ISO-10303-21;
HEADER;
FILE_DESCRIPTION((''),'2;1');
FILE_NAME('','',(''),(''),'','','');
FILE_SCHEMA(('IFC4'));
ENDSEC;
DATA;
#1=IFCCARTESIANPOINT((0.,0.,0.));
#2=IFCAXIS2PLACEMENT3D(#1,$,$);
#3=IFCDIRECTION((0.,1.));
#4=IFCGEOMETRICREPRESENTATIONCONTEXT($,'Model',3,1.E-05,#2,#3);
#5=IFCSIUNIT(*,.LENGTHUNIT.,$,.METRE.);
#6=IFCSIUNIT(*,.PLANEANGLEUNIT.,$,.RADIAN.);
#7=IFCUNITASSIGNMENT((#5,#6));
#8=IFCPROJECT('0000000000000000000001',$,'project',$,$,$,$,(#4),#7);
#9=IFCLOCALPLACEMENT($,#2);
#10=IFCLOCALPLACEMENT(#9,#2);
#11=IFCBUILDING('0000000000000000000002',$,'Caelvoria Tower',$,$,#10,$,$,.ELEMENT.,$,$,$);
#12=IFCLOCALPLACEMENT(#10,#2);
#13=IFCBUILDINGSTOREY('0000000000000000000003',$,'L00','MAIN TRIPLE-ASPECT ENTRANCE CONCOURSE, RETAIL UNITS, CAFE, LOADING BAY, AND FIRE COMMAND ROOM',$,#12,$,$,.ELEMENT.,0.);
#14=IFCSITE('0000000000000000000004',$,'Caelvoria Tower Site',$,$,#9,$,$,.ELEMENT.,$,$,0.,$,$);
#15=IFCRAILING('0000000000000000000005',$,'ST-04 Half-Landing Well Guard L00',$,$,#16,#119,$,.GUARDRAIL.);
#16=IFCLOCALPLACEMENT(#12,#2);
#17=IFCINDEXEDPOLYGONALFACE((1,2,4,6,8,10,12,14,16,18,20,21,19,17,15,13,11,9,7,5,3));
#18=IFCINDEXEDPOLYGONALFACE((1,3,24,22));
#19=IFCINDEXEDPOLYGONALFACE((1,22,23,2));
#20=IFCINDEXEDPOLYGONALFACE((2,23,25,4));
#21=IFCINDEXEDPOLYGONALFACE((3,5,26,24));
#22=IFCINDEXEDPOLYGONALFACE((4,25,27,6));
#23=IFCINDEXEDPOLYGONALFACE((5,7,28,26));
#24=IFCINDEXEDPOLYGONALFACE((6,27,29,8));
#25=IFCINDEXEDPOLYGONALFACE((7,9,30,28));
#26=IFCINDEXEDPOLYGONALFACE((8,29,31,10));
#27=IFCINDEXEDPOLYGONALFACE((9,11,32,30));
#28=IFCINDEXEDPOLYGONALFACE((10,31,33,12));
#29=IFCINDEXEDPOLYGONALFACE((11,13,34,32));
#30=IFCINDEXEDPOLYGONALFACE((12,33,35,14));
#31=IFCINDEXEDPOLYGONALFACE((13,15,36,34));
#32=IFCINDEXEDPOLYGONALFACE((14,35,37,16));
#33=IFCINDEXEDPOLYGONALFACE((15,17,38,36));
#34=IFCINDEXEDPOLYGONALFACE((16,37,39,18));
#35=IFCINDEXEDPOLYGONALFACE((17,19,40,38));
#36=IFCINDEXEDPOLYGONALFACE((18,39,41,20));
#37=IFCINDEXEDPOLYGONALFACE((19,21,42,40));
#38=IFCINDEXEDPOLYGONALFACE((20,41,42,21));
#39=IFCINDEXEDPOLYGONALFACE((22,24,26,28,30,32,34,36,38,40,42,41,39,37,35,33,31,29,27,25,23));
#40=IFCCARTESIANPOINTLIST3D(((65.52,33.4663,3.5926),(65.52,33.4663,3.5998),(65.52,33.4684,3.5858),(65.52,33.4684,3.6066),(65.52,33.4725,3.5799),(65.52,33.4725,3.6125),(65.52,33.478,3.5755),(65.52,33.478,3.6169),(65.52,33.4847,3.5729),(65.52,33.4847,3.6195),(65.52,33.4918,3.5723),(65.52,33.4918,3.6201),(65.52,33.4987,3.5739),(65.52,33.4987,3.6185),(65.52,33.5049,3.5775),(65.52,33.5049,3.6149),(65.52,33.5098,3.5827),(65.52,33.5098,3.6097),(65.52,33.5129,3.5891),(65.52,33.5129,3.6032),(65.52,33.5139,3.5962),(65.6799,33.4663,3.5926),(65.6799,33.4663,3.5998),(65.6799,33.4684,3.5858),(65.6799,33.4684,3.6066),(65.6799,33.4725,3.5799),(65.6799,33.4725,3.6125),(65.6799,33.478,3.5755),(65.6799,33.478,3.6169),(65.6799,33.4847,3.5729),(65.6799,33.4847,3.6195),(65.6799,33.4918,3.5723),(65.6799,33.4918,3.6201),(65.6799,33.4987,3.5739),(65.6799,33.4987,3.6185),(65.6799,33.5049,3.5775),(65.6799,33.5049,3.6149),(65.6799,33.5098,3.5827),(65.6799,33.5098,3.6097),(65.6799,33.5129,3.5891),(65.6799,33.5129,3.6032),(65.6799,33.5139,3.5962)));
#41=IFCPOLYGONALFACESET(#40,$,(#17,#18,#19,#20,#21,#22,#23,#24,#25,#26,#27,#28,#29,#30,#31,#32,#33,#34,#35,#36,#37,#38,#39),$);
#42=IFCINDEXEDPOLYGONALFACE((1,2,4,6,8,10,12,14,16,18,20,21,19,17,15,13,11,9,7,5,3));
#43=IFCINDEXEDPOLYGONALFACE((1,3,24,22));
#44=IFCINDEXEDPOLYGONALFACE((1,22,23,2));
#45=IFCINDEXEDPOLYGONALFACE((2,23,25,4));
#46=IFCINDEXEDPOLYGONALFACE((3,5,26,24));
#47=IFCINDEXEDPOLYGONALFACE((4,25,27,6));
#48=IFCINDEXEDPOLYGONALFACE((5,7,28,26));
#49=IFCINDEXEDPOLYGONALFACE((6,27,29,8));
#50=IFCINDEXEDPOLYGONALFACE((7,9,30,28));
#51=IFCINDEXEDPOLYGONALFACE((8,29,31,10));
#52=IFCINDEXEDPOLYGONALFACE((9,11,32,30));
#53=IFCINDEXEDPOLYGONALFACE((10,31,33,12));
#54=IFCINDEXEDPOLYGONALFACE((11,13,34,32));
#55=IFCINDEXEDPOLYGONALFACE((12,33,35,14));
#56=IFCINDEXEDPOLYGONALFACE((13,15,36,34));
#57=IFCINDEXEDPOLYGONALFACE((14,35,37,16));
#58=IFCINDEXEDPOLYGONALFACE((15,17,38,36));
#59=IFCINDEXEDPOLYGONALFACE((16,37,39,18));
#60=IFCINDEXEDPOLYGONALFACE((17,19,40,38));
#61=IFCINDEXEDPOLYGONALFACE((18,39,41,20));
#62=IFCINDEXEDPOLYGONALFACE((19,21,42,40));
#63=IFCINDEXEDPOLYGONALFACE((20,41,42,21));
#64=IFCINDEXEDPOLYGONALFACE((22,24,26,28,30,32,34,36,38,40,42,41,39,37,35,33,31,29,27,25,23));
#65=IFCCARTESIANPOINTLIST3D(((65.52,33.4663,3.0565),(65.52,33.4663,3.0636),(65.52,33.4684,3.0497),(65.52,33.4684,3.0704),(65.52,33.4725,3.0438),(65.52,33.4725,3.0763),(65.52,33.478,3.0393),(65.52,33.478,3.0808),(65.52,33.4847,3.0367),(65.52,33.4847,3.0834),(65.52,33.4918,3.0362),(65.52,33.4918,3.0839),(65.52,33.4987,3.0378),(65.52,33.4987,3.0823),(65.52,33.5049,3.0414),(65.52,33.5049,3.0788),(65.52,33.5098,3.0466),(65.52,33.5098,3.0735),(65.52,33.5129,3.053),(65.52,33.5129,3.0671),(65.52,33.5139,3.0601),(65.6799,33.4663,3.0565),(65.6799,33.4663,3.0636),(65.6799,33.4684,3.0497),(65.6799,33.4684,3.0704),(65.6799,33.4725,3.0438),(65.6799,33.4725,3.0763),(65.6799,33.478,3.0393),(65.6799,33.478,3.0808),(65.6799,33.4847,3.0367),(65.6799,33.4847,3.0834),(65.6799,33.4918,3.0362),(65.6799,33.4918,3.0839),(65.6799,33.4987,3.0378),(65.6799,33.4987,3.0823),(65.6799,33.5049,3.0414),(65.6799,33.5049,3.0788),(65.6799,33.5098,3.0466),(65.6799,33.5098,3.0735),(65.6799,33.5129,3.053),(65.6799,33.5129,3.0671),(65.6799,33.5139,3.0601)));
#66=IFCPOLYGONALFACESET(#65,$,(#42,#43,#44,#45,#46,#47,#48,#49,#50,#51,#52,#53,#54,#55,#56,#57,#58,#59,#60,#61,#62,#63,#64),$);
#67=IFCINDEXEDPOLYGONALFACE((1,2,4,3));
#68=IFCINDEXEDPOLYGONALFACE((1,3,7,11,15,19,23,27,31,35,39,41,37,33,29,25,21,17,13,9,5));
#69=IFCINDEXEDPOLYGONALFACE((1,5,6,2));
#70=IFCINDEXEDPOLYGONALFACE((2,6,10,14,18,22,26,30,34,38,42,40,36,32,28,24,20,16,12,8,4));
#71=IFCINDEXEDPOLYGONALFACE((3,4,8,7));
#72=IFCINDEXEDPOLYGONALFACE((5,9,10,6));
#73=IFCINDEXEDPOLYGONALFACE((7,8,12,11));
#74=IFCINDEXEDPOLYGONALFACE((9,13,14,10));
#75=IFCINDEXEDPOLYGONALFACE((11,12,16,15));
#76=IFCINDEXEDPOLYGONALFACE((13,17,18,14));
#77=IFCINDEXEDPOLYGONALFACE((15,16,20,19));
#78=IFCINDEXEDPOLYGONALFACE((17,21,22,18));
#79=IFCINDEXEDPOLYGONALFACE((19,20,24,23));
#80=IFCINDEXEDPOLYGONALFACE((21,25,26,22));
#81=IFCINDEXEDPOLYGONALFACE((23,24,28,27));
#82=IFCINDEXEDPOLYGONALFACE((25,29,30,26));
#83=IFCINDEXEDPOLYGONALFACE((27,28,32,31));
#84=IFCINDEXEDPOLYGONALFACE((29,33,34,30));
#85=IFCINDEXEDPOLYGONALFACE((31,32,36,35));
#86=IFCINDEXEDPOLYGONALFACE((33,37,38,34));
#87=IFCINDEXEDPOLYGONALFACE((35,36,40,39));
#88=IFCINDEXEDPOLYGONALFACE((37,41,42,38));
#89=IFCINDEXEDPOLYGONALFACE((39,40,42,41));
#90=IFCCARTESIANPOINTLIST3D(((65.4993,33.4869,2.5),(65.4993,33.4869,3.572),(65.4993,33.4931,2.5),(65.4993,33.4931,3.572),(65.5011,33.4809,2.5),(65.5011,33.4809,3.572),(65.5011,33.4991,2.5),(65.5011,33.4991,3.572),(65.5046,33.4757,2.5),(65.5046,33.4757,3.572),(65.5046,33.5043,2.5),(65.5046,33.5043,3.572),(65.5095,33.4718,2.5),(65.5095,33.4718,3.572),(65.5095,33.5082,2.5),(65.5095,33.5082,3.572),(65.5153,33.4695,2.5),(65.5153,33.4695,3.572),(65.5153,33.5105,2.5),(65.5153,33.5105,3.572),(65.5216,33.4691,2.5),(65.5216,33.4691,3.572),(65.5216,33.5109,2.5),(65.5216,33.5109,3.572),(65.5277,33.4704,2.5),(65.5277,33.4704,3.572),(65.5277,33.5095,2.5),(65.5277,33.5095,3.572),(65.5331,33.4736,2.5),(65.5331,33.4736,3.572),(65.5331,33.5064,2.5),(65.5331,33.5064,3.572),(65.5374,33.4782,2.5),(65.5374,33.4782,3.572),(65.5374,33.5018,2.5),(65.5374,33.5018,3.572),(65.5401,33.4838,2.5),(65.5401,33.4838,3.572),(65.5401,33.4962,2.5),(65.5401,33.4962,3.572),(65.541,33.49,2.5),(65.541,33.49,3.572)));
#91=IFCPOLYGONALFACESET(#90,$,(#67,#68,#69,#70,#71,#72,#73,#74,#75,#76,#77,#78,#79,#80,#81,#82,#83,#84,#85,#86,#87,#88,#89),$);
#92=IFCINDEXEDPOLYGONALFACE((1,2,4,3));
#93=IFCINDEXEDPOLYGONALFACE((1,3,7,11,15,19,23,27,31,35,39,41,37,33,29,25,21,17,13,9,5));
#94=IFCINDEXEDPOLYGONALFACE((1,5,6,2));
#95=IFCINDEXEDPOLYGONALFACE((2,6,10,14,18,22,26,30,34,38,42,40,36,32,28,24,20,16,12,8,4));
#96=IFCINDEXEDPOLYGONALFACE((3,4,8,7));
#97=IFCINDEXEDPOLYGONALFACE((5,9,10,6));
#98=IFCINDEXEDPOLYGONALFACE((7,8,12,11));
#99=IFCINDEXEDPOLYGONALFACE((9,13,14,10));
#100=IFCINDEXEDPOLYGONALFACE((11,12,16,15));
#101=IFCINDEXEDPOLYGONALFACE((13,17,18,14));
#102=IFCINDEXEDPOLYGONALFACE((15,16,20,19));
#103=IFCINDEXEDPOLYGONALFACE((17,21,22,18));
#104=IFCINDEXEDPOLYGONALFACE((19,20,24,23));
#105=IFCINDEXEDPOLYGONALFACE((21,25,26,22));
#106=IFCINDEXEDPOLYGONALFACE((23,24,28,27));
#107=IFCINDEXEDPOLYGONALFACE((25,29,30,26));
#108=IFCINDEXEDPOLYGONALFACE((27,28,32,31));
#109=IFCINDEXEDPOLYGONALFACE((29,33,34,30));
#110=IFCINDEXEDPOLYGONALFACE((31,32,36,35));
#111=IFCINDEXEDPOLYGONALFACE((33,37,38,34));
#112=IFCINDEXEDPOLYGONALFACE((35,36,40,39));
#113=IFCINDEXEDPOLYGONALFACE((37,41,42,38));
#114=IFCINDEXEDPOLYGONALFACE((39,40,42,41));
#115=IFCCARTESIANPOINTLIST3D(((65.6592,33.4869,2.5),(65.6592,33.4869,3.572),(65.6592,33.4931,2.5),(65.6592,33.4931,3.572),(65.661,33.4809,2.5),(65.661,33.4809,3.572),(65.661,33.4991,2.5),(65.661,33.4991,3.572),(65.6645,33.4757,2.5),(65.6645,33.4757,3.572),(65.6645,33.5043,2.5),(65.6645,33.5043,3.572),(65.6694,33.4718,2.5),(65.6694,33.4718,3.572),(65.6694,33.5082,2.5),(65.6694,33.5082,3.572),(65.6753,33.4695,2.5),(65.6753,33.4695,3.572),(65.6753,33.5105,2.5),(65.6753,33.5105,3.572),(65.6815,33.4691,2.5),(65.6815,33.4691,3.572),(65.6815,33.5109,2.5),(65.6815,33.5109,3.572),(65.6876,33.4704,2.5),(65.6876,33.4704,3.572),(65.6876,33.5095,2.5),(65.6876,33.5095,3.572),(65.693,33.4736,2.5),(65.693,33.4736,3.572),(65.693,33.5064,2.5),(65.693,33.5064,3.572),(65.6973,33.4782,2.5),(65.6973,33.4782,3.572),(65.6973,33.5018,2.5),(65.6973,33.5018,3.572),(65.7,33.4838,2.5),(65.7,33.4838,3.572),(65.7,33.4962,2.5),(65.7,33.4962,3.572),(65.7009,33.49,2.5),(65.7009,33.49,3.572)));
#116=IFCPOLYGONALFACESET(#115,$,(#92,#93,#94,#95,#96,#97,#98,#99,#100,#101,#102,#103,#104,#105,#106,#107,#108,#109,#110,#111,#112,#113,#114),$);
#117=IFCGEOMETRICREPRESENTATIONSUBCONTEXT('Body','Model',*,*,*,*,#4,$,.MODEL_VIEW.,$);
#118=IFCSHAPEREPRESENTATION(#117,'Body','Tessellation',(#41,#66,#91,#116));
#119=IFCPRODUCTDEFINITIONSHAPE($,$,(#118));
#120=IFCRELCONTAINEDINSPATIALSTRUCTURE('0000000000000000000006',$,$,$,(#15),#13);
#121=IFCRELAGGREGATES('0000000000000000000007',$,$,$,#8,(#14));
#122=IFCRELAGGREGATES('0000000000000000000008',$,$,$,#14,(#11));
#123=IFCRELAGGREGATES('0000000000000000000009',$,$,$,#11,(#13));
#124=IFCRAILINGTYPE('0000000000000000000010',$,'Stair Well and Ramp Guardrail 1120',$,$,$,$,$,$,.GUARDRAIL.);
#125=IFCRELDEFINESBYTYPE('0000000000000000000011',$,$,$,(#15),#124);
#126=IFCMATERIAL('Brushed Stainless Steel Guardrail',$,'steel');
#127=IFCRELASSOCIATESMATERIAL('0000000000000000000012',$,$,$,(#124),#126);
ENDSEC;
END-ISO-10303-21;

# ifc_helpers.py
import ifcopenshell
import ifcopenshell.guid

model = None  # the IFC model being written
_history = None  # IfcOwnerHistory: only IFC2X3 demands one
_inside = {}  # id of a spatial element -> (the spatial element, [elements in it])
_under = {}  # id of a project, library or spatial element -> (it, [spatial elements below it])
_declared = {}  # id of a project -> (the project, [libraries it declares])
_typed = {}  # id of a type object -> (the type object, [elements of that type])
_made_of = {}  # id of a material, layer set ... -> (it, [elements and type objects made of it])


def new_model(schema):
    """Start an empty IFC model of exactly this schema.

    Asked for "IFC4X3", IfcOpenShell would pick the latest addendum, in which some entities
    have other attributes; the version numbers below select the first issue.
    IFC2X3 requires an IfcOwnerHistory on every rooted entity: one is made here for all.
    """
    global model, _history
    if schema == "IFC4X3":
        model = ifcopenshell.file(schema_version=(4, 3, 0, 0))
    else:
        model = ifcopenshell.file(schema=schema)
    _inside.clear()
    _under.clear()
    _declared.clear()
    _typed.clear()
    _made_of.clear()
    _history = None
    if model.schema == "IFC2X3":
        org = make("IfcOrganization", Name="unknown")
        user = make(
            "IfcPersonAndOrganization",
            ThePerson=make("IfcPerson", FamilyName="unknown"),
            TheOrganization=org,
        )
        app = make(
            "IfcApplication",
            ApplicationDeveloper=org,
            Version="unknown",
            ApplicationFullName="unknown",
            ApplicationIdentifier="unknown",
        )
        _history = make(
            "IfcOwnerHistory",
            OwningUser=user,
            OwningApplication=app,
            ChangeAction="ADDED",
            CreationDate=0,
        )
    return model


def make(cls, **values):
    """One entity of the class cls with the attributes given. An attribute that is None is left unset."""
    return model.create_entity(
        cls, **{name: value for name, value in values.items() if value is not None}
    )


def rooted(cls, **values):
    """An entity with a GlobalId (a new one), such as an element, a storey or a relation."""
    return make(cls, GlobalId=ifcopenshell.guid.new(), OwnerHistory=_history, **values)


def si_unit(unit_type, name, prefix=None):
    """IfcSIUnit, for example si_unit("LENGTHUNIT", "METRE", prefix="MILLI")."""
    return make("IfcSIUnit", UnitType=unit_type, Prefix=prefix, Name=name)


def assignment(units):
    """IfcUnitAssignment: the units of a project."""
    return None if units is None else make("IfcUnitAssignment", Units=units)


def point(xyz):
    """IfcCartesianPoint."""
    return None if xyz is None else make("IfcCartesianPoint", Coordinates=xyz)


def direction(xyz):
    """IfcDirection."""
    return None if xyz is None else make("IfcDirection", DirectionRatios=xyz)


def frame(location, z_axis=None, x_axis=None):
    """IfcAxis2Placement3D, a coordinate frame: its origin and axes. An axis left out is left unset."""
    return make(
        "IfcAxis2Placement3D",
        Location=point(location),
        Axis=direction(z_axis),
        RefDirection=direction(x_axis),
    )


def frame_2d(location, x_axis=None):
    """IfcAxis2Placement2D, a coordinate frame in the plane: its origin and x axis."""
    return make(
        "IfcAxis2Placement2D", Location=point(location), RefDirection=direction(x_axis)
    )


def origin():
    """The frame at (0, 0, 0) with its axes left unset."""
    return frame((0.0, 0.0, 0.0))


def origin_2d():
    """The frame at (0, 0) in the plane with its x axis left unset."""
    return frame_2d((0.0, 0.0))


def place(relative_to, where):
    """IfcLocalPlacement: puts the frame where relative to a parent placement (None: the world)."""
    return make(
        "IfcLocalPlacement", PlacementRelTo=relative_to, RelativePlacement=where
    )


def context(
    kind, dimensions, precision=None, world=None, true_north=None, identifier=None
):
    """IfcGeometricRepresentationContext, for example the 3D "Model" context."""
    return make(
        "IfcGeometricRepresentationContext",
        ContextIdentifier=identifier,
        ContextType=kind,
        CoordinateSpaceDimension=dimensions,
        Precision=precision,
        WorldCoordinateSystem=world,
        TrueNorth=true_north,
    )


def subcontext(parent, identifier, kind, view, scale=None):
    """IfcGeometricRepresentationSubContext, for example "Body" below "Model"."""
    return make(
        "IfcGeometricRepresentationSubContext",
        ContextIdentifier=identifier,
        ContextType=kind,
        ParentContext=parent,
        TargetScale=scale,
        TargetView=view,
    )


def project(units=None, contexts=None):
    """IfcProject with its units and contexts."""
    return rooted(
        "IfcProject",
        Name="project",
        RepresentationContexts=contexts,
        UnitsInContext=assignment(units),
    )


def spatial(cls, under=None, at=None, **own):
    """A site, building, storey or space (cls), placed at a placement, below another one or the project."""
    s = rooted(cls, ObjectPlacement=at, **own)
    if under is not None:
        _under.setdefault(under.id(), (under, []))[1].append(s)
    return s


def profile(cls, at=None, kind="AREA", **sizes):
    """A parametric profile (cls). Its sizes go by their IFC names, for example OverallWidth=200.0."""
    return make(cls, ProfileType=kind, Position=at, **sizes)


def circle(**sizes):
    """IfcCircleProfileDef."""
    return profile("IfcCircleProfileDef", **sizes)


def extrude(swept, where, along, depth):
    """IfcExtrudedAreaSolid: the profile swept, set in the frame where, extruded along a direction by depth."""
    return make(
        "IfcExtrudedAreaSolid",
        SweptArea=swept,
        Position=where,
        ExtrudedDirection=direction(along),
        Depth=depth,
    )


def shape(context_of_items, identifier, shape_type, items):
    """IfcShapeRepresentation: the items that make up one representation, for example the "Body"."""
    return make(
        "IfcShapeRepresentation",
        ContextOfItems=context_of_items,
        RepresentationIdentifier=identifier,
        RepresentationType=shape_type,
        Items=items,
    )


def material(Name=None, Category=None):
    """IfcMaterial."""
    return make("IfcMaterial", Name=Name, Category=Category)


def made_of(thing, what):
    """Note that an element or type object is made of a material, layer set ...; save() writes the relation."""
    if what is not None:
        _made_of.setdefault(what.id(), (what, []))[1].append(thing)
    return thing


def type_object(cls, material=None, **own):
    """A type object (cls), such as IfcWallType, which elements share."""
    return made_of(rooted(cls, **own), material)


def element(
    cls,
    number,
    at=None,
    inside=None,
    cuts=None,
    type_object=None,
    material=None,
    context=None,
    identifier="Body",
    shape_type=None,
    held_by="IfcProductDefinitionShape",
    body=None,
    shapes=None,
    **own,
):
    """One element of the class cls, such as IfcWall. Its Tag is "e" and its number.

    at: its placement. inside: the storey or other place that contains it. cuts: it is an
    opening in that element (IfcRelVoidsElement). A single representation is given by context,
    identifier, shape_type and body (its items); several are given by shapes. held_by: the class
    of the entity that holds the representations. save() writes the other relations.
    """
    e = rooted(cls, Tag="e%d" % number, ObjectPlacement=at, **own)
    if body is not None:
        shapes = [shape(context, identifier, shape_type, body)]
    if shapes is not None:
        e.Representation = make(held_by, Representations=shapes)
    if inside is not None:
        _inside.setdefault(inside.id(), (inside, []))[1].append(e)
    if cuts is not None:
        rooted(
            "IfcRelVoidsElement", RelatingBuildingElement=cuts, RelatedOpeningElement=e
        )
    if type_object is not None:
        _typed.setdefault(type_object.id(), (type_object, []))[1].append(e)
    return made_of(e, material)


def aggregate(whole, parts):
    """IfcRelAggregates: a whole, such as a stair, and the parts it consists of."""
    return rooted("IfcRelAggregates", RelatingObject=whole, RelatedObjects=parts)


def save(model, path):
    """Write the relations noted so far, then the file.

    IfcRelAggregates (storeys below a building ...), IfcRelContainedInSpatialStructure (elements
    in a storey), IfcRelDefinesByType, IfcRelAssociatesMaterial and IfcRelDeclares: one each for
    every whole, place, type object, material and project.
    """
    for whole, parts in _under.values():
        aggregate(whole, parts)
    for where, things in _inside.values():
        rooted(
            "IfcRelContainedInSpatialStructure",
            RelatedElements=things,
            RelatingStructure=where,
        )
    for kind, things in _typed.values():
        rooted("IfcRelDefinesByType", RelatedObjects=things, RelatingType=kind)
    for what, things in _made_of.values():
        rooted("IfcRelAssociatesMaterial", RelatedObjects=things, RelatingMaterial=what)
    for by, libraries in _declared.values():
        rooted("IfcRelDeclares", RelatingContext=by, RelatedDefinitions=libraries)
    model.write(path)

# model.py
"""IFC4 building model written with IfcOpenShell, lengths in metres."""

from ifc_helpers import new_model, si_unit, direction, frame, origin, origin_2d, place, context, subcontext, project, spatial, circle, extrude, material, type_object, element, save


model = new_model("IFC4")

# Units and contexts
model_context = context("Model", 3, precision=1e-05, world=origin(), true_north=direction((0.0, 1.0)))
body_context = subcontext(model_context, "Body", "Model", "MODEL_VIEW")
ifc_project = project(units=[si_unit("LENGTHUNIT", "METRE"), si_unit("PLANEANGLEUNIT", "RADIAN")], contexts=[model_context])

# Site, building, storey
site_placement = place(None, origin())
site = spatial("IfcSite", under=ifc_project, at=site_placement, Name="Caelvoria Tower Site", CompositionType="ELEMENT", RefElevation=0.0)
building_placement = place(site_placement, origin())
building = spatial("IfcBuilding", under=site, at=building_placement, Name="Caelvoria Tower", CompositionType="ELEMENT")
storey_placement = place(building_placement, origin())
storey = spatial("IfcBuildingStorey", under=building, at=storey_placement, Name="L00", Description="MAIN TRIPLE-ASPECT ENTRANCE CONCOURSE, RETAIL UNITS, CAFE, LOADING BAY, AND FIRE COMMAND ROOM", CompositionType="ELEMENT", Elevation=0.0)

# Railing
ifc_material_1 = material(Name="Brushed Stainless Steel Guardrail", Category="steel")
railing_type_1 = type_object("IfcRailingType", Name="Stair Well and Ramp Guardrail 1120", PredefinedType="GUARDRAIL", material=ifc_material_1)
railing_1_placement = place(storey_placement, frame((65.52, 33.49, 2.5)))
element("IfcRailing", 1, at=railing_1_placement, inside=storey, type_object=railing_type_1, Name="ST-04 Half-Landing Well Guard L00", PredefinedType="GUARDRAIL", context=body_context, shape_type="SweptSolid", body=[
    extrude(circle(Radius=0.0239, at=origin_2d()), frame((0.0, 0.0, 1.0962), z_axis=(1.0, 0.0, 0.0), x_axis=(0.0, 1.0, 0.0)), (0.0, 0.0, 1.0), 0.1599),
    extrude(circle(Radius=0.0239, at=origin_2d()), frame((0.0, 0.0, 0.5601), z_axis=(1.0, 0.0, 0.0), x_axis=(0.0, 1.0, 0.0)), (0.0, 0.0, 1.0), 0.1599),
    extrude(circle(Radius=0.021, at=origin_2d()), origin(), (0.0, 0.0, 1.0), 1.072),
    extrude(circle(Radius=0.021, at=origin_2d()), frame((0.1599, 0.0, 0.0)), (0.0, 0.0, 1.0), 1.072),
])

save(model, "model.ifc")
